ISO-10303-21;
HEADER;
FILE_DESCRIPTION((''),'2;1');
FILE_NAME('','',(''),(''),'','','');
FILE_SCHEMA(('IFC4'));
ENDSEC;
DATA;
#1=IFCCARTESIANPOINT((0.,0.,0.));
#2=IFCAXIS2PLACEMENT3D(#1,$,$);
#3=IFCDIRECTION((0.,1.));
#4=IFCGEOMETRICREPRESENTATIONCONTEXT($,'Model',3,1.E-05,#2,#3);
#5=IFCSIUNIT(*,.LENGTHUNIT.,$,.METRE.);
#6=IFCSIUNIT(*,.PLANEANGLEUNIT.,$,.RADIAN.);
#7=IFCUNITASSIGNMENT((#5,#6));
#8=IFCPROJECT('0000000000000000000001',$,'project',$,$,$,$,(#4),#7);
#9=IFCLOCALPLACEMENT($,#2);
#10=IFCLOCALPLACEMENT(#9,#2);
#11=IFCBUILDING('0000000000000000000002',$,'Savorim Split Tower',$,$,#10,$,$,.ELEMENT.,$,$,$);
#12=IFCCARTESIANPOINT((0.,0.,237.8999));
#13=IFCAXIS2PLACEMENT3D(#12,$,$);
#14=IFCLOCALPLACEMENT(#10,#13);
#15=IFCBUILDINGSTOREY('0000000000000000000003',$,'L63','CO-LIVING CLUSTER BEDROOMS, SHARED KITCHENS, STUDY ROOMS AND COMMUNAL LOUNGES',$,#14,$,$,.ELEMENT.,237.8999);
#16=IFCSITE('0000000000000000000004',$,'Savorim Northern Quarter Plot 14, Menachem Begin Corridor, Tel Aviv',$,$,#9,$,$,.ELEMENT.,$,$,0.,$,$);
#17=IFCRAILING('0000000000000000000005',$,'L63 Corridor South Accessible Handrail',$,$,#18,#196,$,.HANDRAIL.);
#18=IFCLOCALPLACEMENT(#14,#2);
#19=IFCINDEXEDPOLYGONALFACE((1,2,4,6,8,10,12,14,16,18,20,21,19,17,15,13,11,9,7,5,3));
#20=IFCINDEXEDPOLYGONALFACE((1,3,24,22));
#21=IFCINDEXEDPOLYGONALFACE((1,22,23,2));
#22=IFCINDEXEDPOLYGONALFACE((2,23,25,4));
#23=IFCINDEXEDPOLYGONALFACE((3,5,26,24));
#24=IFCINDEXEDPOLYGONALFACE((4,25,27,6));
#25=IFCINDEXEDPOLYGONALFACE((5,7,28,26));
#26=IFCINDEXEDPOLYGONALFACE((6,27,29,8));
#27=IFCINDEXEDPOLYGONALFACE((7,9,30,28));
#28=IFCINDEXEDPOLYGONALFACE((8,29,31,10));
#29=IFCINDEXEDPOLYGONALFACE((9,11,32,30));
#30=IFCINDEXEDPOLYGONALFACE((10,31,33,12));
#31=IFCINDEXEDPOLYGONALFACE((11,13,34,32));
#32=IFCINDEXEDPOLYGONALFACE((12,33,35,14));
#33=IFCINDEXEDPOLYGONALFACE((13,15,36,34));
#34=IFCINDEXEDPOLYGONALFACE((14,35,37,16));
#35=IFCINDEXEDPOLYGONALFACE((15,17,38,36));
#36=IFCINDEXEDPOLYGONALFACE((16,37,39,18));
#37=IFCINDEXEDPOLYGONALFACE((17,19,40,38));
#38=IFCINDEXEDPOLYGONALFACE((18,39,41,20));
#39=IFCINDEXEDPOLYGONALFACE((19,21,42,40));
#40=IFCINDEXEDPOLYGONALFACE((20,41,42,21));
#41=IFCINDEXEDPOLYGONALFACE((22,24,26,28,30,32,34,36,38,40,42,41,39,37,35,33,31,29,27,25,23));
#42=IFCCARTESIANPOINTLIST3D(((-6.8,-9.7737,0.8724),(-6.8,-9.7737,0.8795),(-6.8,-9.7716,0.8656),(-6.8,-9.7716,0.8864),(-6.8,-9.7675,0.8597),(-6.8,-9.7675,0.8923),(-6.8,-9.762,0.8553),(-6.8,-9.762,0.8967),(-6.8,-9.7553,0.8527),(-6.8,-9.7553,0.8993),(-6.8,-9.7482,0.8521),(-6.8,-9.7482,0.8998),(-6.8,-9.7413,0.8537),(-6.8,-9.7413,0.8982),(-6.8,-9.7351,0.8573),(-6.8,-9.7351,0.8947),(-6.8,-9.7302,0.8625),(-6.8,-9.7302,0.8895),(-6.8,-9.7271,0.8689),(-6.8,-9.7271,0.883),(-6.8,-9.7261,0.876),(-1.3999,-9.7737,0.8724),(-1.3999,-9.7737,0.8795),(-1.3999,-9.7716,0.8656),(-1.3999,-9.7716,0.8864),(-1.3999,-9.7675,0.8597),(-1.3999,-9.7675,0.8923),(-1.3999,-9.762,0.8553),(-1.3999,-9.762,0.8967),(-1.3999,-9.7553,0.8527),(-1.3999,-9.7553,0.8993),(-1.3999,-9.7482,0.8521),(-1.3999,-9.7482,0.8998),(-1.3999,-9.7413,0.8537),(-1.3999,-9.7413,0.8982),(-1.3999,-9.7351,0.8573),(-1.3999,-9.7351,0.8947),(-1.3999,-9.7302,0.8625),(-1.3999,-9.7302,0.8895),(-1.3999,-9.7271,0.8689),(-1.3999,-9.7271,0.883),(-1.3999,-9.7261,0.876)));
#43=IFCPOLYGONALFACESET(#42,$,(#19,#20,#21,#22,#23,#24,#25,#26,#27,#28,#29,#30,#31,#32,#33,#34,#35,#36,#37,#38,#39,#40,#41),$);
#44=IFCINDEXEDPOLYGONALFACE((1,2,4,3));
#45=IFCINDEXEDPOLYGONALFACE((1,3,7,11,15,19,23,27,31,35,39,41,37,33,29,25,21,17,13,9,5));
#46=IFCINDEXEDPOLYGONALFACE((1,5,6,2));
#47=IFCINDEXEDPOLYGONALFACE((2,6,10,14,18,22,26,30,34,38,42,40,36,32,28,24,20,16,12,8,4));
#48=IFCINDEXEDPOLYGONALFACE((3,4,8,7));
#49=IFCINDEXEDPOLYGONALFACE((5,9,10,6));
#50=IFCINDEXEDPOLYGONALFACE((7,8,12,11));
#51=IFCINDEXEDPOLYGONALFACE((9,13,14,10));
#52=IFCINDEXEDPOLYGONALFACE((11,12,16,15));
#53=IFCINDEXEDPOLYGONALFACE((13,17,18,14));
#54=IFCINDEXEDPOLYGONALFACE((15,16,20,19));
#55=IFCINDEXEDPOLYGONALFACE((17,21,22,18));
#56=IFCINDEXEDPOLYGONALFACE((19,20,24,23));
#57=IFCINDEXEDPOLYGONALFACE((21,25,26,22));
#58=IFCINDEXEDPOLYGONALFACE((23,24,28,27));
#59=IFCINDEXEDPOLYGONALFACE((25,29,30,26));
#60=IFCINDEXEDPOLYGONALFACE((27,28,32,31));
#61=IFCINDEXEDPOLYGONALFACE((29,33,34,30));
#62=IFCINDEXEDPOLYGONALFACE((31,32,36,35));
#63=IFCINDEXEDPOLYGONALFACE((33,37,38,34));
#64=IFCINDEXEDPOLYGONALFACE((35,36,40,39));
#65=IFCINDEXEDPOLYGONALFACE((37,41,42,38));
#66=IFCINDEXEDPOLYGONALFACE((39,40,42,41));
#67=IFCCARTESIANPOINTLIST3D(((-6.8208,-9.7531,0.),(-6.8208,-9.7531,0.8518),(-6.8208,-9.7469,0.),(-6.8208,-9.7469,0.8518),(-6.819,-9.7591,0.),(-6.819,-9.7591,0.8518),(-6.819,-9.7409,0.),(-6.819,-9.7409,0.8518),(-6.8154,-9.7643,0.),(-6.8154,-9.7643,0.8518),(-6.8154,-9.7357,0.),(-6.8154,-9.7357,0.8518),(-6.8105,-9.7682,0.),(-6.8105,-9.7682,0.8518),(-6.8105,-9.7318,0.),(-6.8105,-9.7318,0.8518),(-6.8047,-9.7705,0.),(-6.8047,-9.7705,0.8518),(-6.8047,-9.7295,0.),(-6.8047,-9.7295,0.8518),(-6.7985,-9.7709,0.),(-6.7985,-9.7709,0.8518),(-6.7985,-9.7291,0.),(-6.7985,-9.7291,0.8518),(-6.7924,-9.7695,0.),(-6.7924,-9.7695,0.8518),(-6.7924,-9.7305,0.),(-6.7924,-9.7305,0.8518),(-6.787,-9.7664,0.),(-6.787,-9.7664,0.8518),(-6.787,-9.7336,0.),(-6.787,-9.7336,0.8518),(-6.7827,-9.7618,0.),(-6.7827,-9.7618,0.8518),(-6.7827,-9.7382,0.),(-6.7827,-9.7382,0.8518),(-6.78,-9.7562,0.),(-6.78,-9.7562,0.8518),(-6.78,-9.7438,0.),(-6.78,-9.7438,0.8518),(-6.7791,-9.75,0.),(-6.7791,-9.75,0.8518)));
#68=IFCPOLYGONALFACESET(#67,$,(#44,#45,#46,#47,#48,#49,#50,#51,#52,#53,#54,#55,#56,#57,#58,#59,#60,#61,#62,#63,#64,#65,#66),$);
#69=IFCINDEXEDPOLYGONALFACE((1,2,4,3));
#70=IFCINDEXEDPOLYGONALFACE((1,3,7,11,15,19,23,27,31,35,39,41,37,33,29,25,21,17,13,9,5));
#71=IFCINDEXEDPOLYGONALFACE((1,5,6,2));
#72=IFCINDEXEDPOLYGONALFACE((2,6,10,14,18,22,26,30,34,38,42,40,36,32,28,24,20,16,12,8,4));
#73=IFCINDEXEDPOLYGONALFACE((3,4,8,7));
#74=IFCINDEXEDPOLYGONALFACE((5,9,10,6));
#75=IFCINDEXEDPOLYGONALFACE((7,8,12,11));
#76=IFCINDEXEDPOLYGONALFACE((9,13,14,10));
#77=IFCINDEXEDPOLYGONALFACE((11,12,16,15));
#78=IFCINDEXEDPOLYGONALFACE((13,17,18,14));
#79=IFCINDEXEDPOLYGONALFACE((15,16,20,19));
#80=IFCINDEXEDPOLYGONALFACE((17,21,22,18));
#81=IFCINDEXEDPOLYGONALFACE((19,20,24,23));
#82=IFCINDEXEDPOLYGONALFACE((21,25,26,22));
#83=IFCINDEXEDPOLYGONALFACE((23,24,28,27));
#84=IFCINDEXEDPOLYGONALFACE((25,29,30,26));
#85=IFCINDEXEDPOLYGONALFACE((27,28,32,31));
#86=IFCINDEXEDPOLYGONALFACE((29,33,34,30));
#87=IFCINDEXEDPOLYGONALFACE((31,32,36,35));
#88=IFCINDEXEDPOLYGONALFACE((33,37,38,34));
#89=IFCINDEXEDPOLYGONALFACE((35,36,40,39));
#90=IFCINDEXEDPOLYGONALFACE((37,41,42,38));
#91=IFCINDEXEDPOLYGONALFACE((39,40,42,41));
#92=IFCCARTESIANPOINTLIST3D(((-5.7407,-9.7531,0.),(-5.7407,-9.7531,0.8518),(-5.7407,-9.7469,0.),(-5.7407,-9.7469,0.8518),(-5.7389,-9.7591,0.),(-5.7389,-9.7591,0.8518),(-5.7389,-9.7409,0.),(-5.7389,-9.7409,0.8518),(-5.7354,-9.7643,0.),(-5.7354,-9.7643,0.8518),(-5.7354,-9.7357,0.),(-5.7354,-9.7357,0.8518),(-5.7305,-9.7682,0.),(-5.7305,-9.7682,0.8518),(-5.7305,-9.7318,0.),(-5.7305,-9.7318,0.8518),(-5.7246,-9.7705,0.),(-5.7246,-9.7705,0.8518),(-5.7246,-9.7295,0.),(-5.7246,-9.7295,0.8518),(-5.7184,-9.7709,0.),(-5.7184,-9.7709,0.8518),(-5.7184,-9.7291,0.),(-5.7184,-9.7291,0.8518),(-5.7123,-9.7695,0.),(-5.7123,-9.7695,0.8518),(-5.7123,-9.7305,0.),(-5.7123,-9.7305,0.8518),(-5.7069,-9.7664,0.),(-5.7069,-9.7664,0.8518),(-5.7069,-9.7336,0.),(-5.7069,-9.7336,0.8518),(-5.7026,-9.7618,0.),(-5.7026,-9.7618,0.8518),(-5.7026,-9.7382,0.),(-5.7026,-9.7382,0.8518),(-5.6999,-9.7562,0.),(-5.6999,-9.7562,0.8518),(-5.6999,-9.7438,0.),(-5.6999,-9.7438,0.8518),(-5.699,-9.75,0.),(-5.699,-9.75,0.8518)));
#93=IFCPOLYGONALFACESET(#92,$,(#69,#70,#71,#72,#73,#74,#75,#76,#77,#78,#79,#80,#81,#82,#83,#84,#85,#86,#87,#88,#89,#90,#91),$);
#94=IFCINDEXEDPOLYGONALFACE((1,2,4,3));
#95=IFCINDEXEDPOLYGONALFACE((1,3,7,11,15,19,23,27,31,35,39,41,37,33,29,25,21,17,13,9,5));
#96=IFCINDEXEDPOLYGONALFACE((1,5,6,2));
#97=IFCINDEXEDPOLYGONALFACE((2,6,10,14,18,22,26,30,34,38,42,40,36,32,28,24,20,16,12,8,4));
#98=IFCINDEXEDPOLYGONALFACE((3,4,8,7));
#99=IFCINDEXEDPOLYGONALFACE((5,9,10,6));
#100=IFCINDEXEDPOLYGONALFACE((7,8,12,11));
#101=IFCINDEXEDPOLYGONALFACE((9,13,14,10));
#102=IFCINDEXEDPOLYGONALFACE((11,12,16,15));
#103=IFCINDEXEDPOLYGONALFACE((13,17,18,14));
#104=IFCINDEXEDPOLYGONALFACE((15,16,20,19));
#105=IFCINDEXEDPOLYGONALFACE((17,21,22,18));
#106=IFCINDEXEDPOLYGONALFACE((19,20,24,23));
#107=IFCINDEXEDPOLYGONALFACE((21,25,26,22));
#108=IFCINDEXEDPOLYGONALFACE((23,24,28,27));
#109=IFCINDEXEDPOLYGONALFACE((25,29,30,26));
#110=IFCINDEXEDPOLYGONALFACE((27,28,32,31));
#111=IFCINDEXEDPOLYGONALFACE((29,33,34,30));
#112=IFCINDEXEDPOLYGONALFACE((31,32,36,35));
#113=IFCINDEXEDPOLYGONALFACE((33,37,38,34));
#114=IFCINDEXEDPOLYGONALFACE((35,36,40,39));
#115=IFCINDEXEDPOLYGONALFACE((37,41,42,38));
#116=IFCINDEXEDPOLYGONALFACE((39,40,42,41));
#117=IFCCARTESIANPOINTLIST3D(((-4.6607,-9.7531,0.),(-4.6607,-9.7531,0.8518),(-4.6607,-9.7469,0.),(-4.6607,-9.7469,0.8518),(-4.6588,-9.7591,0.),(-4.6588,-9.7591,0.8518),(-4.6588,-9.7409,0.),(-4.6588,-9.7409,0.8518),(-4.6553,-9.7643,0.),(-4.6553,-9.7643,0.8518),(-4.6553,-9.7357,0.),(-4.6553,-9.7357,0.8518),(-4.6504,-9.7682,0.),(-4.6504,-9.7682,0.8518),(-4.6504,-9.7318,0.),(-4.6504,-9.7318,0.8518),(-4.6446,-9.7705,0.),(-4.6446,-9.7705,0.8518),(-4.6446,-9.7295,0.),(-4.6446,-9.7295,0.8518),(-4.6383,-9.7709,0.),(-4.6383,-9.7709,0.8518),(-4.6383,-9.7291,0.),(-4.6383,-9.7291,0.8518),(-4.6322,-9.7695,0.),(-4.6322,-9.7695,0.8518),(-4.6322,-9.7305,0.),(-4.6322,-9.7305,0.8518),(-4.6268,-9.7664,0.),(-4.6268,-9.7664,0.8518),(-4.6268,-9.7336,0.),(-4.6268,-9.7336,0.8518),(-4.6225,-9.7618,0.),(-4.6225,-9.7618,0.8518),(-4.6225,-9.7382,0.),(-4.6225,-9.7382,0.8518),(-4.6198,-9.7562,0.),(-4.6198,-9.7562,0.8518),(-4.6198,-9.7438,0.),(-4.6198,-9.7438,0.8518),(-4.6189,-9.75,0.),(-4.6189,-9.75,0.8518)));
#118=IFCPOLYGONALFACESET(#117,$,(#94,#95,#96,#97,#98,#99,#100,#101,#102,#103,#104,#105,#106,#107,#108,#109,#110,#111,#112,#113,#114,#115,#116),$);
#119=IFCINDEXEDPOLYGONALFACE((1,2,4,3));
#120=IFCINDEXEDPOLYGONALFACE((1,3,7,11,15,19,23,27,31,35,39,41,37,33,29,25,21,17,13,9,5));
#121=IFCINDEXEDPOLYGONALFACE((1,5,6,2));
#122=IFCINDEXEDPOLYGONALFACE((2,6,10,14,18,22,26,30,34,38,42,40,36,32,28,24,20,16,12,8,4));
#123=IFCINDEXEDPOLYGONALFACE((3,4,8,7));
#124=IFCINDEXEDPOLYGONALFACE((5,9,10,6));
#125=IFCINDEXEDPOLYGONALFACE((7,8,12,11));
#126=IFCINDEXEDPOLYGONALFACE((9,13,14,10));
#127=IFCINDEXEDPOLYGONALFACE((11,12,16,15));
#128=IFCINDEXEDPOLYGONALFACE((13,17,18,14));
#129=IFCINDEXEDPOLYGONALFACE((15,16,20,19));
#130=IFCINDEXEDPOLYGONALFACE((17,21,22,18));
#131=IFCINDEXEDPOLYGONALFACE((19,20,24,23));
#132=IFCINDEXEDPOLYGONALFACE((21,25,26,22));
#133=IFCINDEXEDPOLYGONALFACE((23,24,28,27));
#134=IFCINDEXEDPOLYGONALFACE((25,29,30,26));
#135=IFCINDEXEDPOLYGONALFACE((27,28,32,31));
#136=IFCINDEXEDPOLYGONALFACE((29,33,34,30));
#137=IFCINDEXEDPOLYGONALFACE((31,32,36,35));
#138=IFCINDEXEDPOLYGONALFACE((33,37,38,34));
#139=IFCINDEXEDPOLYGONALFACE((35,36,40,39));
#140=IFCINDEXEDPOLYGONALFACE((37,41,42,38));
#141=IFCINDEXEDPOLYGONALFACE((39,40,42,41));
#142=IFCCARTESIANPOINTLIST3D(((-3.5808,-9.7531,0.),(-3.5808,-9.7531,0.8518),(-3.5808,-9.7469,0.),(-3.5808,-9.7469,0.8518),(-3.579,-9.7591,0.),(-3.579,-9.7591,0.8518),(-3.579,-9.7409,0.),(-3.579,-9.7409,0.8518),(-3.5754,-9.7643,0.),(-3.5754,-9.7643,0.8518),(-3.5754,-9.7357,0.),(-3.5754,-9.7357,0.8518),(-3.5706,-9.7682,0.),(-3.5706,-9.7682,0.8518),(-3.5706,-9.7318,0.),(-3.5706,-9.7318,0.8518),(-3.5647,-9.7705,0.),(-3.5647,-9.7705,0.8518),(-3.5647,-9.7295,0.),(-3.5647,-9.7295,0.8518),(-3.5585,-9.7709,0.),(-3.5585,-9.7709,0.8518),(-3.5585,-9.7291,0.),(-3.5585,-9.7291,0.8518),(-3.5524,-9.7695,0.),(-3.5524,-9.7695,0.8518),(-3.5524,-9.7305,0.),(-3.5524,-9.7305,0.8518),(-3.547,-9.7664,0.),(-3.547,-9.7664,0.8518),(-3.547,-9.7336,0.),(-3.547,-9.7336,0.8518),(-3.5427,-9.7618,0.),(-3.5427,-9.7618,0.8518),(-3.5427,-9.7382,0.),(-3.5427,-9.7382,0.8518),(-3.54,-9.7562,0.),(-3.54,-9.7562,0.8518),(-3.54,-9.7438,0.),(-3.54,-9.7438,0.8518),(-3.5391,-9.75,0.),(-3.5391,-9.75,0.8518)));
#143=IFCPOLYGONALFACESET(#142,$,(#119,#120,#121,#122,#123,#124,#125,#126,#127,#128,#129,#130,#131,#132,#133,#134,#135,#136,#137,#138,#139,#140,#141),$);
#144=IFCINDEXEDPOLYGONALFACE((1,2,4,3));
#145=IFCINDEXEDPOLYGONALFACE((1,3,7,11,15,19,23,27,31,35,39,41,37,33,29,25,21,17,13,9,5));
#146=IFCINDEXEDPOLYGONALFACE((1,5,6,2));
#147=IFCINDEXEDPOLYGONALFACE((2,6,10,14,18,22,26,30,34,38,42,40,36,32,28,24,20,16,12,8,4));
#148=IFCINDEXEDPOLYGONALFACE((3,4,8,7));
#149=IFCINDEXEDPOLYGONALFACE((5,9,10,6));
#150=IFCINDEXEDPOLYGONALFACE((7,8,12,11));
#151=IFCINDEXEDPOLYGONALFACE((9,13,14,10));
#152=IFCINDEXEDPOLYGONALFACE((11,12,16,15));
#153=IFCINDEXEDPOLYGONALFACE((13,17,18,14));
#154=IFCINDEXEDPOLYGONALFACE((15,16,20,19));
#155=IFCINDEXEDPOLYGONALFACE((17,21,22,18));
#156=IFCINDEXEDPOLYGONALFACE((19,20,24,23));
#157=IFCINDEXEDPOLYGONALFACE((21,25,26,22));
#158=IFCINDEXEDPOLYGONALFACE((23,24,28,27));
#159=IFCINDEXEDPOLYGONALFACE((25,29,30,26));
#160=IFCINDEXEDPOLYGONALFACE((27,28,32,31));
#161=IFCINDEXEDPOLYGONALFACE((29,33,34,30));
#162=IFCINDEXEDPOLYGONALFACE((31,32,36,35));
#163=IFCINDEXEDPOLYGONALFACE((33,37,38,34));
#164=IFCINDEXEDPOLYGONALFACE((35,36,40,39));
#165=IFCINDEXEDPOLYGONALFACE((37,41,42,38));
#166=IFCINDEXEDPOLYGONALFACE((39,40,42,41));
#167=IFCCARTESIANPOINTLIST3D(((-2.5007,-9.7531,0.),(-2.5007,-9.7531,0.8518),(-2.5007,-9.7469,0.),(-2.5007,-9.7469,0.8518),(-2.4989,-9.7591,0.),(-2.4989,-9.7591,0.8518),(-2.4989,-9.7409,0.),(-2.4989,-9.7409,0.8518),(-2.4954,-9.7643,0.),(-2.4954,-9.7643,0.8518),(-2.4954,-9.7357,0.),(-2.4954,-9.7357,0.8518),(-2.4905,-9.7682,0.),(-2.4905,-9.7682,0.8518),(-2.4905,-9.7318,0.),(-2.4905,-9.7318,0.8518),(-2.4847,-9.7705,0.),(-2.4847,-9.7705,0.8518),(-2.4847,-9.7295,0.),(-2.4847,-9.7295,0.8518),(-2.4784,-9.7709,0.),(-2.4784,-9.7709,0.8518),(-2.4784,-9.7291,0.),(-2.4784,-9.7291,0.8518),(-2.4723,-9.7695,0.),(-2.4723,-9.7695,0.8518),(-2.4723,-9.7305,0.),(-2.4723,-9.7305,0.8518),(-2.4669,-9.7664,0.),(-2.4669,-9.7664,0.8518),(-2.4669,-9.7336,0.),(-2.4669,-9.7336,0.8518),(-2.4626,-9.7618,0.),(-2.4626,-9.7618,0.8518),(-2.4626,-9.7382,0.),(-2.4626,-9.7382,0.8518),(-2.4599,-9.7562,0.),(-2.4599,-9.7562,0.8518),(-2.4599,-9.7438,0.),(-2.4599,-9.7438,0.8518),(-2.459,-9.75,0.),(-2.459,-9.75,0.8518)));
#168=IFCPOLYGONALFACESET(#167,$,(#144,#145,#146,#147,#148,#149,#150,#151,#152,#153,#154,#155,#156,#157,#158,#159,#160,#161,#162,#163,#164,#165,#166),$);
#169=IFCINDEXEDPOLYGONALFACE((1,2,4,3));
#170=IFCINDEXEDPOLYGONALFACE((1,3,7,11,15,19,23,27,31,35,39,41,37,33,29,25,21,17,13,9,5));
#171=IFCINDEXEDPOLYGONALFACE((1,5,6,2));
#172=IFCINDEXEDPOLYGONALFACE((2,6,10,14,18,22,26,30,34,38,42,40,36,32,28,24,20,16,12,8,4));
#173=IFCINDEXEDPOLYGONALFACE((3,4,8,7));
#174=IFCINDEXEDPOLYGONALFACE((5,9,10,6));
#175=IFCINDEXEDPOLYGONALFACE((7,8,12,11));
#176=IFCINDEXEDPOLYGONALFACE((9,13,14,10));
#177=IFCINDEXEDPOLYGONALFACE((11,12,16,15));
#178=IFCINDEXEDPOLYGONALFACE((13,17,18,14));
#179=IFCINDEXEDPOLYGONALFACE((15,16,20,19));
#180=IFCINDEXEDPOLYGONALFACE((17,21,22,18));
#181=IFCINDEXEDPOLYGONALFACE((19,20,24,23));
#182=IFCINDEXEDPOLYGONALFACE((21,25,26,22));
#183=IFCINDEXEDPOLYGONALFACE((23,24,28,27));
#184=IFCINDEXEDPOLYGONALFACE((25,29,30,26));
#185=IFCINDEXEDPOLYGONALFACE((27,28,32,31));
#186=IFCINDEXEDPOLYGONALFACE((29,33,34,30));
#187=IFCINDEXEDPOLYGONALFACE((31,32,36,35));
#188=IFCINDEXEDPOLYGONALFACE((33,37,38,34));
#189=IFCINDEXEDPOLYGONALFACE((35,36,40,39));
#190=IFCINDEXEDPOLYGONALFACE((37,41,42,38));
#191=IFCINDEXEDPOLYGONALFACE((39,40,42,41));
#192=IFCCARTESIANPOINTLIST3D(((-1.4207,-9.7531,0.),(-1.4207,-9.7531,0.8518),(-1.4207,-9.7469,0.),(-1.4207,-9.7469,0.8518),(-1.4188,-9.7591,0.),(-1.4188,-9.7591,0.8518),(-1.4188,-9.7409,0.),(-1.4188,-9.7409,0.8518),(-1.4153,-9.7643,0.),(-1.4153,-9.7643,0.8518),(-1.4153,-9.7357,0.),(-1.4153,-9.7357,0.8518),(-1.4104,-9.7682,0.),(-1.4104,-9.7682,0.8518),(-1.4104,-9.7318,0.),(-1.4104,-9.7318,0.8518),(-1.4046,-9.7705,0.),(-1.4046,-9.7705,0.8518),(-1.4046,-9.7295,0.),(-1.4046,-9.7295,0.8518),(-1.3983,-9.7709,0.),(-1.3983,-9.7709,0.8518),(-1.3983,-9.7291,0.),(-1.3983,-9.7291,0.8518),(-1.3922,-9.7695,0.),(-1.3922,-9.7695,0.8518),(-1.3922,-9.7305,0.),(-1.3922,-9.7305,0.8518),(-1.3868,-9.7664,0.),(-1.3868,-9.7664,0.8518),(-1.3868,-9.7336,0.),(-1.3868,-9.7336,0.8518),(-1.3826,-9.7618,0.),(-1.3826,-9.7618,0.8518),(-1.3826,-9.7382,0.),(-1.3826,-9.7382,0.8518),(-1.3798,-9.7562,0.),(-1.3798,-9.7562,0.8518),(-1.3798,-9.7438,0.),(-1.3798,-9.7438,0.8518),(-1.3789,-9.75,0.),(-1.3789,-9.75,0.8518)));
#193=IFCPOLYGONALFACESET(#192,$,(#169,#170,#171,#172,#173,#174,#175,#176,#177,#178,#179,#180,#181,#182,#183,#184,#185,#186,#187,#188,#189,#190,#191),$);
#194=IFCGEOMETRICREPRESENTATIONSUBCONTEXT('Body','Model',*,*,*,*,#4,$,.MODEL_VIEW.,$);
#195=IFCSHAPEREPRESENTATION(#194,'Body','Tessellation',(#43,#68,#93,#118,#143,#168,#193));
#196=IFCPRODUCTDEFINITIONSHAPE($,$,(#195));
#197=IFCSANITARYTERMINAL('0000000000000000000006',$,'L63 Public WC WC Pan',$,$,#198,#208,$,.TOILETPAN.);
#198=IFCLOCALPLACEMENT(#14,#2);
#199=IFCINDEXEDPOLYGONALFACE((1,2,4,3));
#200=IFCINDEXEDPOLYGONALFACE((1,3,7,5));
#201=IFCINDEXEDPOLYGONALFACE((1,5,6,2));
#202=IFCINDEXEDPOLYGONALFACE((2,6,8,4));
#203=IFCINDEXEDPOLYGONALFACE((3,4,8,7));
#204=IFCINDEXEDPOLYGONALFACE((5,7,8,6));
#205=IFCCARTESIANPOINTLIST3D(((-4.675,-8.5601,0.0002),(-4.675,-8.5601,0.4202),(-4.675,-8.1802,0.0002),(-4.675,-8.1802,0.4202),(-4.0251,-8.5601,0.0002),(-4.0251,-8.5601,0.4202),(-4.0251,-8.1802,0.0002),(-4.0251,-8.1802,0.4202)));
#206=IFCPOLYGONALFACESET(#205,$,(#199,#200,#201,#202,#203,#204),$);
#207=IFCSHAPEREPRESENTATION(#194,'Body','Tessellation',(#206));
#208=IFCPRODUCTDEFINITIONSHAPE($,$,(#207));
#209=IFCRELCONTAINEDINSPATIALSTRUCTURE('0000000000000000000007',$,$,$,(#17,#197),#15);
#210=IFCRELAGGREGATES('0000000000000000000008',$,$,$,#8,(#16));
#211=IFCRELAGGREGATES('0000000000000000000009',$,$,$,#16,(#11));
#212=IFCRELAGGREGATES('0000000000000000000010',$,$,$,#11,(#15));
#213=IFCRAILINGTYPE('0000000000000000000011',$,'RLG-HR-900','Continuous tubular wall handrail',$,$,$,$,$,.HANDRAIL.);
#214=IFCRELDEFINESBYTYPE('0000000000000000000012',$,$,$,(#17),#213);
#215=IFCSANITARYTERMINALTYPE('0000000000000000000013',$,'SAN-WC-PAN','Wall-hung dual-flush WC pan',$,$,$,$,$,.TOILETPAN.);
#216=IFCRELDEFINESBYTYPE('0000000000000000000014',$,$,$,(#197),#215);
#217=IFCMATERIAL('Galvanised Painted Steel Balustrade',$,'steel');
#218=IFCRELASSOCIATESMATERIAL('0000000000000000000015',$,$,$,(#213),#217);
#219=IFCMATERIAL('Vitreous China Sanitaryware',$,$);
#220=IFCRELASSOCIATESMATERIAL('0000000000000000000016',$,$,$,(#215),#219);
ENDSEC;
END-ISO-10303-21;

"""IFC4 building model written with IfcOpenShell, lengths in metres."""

from ifc_helpers import new_model, si_unit, direction, frame, origin, origin_2d, place, context, subcontext, project, spatial, rectangle, circle, extrude, material, type_object, element, save


model = new_model("IFC4")

# Units and contexts
model_context = context("Model", 3, precision=1e-05, world=origin(), true_north=direction((0.0, 1.0)))
body_context = subcontext(model_context, "Body", "Model", "MODEL_VIEW")
ifc_project = project(units=[si_unit("LENGTHUNIT", "METRE"), si_unit("PLANEANGLEUNIT", "RADIAN")], contexts=[model_context])

# Site, building, storey
site_placement = place(None, origin())
site = spatial("IfcSite", under=ifc_project, at=site_placement, Name="Savorim Northern Quarter Plot 14, Menachem Begin Corridor, Tel Aviv", CompositionType="ELEMENT", RefElevation=0.0)
building_placement = place(site_placement, origin())
building = spatial("IfcBuilding", under=site, at=building_placement, Name="Savorim Split Tower", CompositionType="ELEMENT")
storey_placement = place(building_placement, frame((0.0, 0.0, 237.8999)))
storey = spatial("IfcBuildingStorey", under=building, at=storey_placement, Name="L63", Description="CO-LIVING CLUSTER BEDROOMS, SHARED KITCHENS, STUDY ROOMS AND COMMUNAL LOUNGES", CompositionType="ELEMENT", Elevation=237.8999)

# Railing
ifc_material_1 = material(Name="Galvanised Painted Steel Balustrade", Category="steel")
railing_type = type_object("IfcRailingType", Name="RLG-HR-900", Description="Continuous tubular wall handrail", PredefinedType="HANDRAIL", material=ifc_material_1)
railing_1_placement = place(storey_placement, frame((-6.8, -9.75, 0.0)))
element("IfcRailing", 1, at=railing_1_placement, inside=storey, type_object=railing_type, Name="L63 Corridor South Accessible Handrail", PredefinedType="HANDRAIL", context=body_context, shape_type="SweptSolid", body=[
    extrude(circle(Radius=0.0239, at=origin_2d()), frame((0.0, 0.0, 0.876), z_axis=(1.0, 0.0, 0.0), x_axis=(0.0, 1.0, 0.0)), (0.0, 0.0, 1.0), 5.4001),
    extrude(circle(Radius=0.021, at=origin_2d()), origin(), (0.0, 0.0, 1.0), 0.8518),
    extrude(circle(Radius=0.021, at=origin_2d()), frame((1.0801, 0.0, 0.0)), (0.0, 0.0, 1.0), 0.8518),
    extrude(circle(Radius=0.021, at=origin_2d()), frame((2.1602, 0.0, 0.0)), (0.0, 0.0, 1.0), 0.8518),
    extrude(circle(Radius=0.021, at=origin_2d()), frame((3.24, 0.0, 0.0)), (0.0, 0.0, 1.0), 0.8518),
    extrude(circle(Radius=0.021, at=origin_2d()), frame((4.3201, 0.0, 0.0)), (0.0, 0.0, 1.0), 0.8518),
    extrude(circle(Radius=0.021, at=origin_2d()), frame((5.4001, 0.0, 0.0)), (0.0, 0.0, 1.0), 0.8518),
])

# Sanitary terminal
ifc_material_2 = material(Name="Vitreous China Sanitaryware")
sanitary_terminal_type_1 = type_object("IfcSanitaryTerminalType", Name="SAN-WC-PAN", Description="Wall-hung dual-flush WC pan", PredefinedType="TOILETPAN", material=ifc_material_2)
sanitary_terminal_1_placement = place(storey_placement, frame((-4.3501, -8.3701, 0.0002), z_axis=(0.0, 0.0, 1.0), x_axis=(1.0, 0.0, 0.0)))
element("IfcSanitaryTerminal", 2, at=sanitary_terminal_1_placement, inside=storey, type_object=sanitary_terminal_type_1, Name="L63 Public WC WC Pan", PredefinedType="TOILETPAN", context=body_context, shape_type="SweptSolid", body=[
    extrude(rectangle(XDim=0.6499, YDim=0.3799, at=origin_2d()), origin(), (0.0, 0.0, 1.0), 0.4199),
])

save(model, "model.ifc")
